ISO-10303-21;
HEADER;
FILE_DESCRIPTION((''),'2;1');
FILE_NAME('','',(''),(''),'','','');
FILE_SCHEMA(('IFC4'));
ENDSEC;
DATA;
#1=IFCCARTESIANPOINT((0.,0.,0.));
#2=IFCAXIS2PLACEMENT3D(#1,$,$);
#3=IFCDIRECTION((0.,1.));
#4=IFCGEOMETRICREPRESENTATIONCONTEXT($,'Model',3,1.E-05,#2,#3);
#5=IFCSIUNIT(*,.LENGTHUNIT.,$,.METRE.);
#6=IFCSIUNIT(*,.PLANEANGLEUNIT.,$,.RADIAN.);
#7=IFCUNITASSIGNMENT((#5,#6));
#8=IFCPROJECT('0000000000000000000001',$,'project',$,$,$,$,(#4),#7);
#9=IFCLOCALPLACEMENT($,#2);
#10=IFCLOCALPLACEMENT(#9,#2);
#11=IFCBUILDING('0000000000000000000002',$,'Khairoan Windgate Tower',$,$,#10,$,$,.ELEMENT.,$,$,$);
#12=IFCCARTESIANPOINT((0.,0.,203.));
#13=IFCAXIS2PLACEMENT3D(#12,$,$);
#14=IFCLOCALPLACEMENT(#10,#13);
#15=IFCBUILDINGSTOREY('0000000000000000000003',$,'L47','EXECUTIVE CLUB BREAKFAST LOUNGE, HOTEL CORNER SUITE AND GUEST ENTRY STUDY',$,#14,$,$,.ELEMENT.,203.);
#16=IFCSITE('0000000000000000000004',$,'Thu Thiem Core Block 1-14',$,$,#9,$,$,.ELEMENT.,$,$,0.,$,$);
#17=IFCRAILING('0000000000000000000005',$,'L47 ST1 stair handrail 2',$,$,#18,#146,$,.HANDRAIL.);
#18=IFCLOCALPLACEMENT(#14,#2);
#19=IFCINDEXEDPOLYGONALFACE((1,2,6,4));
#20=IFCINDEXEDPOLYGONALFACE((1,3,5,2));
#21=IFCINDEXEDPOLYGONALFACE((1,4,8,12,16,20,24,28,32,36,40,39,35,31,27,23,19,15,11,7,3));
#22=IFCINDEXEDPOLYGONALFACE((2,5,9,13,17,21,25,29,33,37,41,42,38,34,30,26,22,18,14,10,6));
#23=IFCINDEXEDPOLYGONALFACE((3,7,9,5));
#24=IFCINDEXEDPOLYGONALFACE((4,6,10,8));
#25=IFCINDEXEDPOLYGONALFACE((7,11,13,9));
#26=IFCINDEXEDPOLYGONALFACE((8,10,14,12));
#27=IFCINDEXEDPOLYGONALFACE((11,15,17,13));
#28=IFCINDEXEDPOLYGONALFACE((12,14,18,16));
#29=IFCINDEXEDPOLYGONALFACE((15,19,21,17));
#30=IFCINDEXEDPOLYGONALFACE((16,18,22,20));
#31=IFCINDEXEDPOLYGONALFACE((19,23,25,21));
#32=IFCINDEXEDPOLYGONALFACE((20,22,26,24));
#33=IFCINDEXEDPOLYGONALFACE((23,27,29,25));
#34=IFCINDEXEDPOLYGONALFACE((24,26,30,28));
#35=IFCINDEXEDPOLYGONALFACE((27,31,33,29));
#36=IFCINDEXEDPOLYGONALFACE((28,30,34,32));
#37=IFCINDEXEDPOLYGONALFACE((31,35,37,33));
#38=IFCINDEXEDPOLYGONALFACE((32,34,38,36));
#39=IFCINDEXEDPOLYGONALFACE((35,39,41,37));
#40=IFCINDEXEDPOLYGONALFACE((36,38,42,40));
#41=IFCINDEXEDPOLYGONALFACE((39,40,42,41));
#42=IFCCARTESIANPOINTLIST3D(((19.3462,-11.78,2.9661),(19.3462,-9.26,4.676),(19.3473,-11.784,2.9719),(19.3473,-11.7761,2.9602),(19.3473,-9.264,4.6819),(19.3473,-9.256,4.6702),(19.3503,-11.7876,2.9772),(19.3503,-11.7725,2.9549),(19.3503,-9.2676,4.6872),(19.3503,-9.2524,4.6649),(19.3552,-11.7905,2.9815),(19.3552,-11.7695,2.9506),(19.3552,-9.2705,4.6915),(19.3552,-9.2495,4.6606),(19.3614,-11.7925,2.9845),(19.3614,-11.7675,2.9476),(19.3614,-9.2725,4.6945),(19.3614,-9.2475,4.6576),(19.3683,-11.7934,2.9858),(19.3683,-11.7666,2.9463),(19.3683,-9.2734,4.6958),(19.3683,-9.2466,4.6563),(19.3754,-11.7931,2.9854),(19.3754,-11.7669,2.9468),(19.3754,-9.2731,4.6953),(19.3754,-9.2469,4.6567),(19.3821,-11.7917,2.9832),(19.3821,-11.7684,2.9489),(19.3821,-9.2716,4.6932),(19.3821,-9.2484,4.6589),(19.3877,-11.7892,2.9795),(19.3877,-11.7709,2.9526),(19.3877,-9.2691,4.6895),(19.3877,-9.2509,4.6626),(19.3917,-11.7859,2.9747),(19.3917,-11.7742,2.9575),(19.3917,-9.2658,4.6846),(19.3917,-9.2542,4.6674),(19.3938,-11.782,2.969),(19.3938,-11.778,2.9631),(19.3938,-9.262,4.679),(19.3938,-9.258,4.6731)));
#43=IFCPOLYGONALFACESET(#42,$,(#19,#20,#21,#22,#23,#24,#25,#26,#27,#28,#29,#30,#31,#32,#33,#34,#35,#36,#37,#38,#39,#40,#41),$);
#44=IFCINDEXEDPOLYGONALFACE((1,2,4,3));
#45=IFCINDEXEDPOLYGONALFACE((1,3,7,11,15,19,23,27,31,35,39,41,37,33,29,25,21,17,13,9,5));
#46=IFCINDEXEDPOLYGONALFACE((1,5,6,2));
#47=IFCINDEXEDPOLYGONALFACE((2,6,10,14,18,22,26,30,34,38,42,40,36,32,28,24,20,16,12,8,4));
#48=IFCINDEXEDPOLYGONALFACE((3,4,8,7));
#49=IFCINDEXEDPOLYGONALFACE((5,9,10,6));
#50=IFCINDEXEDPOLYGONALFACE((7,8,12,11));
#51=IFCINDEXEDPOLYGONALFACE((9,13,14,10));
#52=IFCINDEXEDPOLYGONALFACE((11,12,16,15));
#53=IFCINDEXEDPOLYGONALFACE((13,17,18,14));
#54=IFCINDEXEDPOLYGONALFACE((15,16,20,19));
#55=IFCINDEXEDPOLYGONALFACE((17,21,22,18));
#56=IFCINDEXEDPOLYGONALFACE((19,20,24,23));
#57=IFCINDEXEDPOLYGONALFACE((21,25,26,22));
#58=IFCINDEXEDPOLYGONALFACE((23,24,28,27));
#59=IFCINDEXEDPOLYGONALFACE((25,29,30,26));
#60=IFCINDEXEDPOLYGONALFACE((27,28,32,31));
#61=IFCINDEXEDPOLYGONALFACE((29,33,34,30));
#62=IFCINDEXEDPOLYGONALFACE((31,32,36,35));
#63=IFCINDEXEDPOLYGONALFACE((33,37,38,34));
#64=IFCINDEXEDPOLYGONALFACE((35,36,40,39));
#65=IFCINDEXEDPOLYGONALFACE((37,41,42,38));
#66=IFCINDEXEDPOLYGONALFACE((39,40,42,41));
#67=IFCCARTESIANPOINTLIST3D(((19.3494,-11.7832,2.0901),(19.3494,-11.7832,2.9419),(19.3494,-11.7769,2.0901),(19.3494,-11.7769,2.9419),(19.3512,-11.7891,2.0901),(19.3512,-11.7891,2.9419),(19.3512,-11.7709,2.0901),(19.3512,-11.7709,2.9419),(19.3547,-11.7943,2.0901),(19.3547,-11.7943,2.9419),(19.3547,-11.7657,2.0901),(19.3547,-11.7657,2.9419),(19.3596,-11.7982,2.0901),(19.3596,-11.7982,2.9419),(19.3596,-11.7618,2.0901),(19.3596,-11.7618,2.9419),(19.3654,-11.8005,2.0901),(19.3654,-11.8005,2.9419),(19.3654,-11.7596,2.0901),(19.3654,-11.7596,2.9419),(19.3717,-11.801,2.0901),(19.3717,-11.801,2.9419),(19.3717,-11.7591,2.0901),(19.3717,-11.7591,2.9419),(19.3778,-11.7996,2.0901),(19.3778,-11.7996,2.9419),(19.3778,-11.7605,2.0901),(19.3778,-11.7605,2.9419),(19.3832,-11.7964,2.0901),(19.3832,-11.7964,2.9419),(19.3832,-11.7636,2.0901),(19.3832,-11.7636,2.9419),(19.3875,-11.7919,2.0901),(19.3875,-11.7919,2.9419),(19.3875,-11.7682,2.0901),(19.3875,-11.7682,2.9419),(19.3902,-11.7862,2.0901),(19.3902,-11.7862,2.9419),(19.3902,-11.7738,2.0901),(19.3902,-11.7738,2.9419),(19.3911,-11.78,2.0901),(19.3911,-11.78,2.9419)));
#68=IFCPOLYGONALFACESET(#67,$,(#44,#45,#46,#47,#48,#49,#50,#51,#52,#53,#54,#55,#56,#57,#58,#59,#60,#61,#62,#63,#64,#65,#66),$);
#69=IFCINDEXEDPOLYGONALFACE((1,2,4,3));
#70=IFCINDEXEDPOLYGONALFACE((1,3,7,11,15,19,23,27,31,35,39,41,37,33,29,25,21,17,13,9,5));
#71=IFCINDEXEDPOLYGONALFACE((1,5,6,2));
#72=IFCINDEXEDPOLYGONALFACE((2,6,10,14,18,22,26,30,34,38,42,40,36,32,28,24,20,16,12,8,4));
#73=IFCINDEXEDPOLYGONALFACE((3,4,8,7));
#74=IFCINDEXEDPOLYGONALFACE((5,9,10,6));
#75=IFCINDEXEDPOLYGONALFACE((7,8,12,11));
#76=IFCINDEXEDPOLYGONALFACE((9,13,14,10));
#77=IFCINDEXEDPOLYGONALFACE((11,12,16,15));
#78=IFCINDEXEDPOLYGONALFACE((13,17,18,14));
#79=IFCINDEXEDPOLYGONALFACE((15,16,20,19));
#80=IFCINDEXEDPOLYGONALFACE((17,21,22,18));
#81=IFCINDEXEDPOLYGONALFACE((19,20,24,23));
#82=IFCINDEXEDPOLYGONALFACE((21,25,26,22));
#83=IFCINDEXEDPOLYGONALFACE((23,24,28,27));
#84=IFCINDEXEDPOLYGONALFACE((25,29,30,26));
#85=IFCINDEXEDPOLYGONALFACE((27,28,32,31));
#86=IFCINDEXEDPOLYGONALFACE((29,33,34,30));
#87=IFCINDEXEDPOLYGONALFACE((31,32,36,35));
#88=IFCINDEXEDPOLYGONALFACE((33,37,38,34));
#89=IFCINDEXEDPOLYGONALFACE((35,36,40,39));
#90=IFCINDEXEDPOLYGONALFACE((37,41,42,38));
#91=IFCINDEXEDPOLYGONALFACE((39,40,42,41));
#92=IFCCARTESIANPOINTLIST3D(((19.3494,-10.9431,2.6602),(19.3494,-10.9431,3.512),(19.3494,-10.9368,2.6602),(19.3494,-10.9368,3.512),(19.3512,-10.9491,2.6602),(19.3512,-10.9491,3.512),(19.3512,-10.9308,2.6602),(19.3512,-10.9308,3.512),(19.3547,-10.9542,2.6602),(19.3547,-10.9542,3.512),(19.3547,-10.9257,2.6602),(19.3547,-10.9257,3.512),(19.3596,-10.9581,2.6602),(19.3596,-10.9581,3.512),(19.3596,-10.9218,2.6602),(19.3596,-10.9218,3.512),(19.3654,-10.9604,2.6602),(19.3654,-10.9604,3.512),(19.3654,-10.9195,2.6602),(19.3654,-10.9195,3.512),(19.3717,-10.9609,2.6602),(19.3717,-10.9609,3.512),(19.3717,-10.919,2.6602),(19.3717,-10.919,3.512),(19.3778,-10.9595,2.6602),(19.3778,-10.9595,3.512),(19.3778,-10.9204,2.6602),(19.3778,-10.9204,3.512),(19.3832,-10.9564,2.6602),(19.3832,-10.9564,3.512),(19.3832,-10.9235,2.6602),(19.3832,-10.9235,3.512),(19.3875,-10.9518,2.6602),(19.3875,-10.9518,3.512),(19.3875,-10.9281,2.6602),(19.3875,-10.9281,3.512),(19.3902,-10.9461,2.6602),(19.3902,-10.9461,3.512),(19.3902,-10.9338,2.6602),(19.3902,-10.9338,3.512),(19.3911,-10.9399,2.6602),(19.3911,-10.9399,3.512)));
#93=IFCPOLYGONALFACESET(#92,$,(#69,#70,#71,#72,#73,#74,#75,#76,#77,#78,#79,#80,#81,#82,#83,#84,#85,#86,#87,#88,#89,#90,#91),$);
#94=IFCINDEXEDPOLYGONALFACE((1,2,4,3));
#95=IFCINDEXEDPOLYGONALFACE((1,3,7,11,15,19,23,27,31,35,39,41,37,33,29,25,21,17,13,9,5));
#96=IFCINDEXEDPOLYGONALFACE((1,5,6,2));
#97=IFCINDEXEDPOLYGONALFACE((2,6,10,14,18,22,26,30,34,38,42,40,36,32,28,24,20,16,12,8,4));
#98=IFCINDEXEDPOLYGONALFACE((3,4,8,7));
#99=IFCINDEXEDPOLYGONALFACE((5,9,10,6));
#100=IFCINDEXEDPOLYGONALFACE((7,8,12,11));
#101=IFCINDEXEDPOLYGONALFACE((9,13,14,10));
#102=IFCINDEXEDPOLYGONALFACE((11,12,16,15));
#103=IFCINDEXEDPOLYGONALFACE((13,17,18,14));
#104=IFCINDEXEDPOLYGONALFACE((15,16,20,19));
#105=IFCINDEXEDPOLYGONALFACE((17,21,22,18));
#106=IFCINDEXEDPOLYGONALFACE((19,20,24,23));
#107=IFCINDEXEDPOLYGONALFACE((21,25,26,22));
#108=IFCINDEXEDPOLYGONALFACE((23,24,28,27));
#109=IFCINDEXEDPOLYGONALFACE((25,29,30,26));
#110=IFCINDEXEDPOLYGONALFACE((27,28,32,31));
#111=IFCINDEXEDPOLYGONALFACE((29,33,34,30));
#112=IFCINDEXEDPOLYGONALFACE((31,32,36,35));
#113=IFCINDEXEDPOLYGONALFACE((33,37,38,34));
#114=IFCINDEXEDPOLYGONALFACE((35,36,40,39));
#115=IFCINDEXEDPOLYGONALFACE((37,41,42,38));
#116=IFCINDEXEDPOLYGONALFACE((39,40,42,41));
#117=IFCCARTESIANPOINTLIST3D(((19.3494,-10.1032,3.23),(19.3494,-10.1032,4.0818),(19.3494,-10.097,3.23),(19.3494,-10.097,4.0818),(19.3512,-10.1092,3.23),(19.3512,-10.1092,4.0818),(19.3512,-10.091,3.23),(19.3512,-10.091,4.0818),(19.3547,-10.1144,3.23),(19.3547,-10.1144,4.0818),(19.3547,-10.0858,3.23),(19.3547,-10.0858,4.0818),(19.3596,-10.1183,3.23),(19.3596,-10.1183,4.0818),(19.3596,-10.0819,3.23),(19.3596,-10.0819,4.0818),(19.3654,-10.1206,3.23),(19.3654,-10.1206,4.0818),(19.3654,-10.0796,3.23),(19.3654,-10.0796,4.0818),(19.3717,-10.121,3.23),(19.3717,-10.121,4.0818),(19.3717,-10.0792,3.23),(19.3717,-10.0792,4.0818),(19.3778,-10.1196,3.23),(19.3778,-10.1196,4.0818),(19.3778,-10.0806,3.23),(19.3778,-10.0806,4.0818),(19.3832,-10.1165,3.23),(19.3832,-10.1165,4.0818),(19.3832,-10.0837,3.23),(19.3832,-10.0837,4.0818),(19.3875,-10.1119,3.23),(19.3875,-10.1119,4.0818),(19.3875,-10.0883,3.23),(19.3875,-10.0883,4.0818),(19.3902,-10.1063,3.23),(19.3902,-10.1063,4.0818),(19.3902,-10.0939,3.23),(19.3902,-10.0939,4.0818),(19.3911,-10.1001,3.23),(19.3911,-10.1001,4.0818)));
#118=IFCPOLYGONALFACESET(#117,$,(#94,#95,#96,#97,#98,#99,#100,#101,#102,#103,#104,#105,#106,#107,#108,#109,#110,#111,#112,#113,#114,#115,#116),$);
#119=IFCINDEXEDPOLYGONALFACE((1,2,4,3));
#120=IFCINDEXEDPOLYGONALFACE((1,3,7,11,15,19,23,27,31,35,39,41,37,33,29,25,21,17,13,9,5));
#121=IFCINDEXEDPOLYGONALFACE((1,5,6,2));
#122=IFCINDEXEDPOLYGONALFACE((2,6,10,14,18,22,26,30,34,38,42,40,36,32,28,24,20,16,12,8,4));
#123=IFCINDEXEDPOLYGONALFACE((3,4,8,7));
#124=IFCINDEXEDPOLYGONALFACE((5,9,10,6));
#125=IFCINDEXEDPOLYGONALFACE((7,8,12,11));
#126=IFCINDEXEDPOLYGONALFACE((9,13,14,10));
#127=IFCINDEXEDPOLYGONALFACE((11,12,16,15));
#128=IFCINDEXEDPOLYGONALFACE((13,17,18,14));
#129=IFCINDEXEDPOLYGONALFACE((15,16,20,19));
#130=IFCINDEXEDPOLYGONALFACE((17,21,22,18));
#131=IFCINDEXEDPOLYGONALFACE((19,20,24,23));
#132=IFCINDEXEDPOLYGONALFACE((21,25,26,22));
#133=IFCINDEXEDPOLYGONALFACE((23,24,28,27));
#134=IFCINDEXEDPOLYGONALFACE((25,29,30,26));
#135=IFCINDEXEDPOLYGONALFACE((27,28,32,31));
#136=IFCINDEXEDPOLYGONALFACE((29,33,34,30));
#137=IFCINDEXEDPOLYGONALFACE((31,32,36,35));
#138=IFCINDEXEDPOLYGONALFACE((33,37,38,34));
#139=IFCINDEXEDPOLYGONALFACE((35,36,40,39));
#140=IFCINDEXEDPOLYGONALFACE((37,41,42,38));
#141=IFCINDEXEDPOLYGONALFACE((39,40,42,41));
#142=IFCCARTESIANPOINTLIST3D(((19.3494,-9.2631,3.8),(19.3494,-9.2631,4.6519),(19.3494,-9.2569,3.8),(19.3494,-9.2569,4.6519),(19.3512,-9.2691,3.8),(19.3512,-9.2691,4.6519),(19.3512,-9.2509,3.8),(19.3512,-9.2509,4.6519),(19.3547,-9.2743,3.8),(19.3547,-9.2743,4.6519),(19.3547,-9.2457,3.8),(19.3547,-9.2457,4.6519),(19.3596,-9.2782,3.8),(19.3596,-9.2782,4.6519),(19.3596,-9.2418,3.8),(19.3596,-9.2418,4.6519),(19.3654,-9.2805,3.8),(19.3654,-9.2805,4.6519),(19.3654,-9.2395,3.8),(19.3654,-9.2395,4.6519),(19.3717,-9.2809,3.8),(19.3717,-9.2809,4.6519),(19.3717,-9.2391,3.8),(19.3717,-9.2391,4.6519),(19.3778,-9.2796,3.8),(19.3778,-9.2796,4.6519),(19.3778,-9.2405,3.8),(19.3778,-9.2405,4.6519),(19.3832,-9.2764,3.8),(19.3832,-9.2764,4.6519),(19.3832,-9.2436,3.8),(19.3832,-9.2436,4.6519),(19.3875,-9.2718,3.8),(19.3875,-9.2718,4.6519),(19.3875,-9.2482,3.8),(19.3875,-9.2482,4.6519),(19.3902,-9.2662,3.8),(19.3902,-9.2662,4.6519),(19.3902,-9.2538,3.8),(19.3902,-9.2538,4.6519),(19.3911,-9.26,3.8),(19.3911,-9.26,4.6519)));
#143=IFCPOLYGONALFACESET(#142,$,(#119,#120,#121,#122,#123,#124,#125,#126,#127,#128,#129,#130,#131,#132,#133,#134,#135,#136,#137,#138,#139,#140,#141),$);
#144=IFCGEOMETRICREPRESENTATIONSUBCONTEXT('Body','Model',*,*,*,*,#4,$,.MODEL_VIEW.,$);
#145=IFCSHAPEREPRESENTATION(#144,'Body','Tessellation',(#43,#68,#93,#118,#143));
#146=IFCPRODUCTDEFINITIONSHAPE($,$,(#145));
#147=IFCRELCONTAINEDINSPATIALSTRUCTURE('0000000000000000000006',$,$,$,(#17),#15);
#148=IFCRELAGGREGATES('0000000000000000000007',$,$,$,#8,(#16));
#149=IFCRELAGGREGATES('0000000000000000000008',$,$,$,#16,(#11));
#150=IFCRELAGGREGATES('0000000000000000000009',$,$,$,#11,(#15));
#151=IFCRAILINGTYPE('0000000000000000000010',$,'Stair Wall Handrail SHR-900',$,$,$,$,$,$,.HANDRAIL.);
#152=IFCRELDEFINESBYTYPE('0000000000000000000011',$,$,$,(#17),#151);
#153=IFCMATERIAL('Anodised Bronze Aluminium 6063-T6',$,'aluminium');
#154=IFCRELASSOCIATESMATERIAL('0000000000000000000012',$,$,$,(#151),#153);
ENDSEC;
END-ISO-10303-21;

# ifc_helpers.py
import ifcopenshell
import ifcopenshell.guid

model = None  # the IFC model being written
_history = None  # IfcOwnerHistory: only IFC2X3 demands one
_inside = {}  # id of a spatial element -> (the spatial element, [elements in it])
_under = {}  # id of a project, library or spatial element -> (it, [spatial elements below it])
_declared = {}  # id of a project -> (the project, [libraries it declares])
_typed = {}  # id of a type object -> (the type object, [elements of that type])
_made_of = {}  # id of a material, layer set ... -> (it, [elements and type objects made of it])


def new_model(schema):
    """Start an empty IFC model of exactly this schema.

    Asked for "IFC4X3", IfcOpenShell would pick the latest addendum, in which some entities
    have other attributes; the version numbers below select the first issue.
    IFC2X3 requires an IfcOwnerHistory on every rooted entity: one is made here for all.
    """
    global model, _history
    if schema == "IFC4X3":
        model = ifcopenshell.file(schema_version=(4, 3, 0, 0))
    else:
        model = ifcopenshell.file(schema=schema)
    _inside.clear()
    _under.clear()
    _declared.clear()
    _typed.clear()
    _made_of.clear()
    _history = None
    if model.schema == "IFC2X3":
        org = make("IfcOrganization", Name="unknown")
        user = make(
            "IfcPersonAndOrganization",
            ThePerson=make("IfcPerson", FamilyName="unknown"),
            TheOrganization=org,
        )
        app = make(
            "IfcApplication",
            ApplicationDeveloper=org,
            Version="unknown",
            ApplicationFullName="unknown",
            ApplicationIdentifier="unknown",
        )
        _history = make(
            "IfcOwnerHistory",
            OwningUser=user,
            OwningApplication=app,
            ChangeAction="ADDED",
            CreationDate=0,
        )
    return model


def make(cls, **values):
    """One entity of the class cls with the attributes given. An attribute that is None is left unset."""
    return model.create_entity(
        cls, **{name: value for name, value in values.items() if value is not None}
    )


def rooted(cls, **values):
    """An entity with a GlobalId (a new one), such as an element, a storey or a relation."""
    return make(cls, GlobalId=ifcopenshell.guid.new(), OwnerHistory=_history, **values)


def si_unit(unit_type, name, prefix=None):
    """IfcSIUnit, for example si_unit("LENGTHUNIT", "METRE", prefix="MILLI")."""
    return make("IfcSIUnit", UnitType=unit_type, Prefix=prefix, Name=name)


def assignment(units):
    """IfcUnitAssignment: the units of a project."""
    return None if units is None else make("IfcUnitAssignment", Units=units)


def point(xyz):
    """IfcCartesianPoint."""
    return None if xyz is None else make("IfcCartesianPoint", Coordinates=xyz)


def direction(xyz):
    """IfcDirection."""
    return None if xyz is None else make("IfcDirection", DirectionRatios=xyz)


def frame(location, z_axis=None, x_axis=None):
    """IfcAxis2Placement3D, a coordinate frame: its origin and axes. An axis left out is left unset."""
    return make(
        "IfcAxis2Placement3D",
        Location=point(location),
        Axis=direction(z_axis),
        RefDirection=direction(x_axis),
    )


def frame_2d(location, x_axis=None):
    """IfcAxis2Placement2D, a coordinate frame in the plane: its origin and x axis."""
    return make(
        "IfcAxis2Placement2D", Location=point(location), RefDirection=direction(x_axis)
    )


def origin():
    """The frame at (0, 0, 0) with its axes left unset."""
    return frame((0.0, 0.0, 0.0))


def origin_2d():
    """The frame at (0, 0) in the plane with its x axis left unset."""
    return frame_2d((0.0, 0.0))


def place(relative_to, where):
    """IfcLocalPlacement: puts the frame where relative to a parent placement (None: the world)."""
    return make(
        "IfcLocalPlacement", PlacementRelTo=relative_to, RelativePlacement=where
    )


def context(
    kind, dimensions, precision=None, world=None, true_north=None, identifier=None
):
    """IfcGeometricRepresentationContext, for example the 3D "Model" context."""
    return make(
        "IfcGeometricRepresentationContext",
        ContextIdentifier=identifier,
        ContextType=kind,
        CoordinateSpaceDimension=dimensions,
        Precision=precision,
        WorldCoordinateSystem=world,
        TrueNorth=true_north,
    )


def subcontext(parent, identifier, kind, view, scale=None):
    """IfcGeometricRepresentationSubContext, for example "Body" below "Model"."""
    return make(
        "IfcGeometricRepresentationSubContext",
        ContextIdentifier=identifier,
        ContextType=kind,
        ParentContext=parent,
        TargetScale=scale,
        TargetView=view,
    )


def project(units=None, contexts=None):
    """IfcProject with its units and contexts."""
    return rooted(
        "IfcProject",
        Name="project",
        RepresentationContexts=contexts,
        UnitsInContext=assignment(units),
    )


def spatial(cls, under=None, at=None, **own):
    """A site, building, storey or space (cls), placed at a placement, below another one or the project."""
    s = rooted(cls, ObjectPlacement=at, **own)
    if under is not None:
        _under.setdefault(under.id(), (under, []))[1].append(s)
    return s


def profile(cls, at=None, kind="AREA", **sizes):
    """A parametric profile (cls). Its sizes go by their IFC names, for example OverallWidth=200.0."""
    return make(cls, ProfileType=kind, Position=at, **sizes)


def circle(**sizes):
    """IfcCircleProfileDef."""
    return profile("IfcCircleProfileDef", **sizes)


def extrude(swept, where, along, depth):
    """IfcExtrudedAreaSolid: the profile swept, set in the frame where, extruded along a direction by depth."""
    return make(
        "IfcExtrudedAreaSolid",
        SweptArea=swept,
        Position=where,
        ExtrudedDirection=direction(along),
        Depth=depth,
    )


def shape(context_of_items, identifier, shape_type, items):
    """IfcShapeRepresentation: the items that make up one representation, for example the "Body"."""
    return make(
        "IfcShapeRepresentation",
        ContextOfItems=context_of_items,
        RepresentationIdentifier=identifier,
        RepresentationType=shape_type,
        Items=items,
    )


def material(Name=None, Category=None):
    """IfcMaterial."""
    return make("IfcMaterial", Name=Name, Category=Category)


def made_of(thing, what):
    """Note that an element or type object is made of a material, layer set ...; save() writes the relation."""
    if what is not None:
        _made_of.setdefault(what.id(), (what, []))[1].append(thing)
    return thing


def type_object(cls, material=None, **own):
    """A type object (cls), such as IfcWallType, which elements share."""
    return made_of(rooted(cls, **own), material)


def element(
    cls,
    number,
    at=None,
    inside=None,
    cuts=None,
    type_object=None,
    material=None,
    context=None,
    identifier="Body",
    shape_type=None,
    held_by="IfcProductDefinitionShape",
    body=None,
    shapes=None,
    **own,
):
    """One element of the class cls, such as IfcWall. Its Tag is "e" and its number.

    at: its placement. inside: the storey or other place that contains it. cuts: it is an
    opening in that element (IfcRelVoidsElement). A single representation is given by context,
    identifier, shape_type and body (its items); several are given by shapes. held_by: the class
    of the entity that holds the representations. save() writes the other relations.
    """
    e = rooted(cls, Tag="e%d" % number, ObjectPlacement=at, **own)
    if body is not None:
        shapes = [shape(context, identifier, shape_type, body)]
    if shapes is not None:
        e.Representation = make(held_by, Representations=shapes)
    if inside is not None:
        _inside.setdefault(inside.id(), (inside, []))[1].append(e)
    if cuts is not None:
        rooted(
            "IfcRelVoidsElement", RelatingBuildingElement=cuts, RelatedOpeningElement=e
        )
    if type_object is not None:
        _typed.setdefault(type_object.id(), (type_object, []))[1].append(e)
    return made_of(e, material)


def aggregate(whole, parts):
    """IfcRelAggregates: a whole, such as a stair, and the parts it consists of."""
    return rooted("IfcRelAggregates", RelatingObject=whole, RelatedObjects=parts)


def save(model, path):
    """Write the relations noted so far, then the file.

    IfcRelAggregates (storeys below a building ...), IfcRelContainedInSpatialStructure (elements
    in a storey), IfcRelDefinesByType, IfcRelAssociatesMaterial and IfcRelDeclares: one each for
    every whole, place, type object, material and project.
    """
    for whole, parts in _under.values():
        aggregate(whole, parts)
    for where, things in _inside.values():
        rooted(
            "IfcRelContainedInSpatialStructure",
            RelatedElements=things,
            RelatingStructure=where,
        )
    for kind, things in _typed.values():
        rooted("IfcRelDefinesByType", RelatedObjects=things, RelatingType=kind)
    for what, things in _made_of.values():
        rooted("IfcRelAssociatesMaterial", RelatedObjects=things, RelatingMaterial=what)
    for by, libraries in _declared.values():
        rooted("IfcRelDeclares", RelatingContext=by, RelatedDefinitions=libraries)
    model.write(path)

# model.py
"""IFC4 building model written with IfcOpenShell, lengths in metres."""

from ifc_helpers import new_model, si_unit, direction, frame, origin, origin_2d, place, context, subcontext, project, spatial, circle, extrude, material, type_object, element, save


model = new_model("IFC4")

# Units and contexts
model_context = context("Model", 3, precision=1e-05, world=origin(), true_north=direction((0.0, 1.0)))
body_context = subcontext(model_context, "Body", "Model", "MODEL_VIEW")
ifc_project = project(units=[si_unit("LENGTHUNIT", "METRE"), si_unit("PLANEANGLEUNIT", "RADIAN")], contexts=[model_context])

# Site, building, storey
site_placement = place(None, origin())
site = spatial("IfcSite", under=ifc_project, at=site_placement, Name="Thu Thiem Core Block 1-14", CompositionType="ELEMENT", RefElevation=0.0)
building_placement = place(site_placement, origin())
building = spatial("IfcBuilding", under=site, at=building_placement, Name="Khairoan Windgate Tower", CompositionType="ELEMENT")
storey_placement = place(building_placement, frame((0.0, 0.0, 203.0)))
storey = spatial("IfcBuildingStorey", under=building, at=storey_placement, Name="L47", Description="EXECUTIVE CLUB BREAKFAST LOUNGE, HOTEL CORNER SUITE AND GUEST ENTRY STUDY", CompositionType="ELEMENT", Elevation=203.0)

# Railing
ifc_material_1 = material(Name="Anodised Bronze Aluminium 6063-T6", Category="aluminium")
railing_type_1 = type_object("IfcRailingType", Name="Stair Wall Handrail SHR-900", PredefinedType="HANDRAIL", material=ifc_material_1)
railing_1_placement = place(storey_placement, frame((19.3701, -11.78, 2.0901)))
element("IfcRailing", 1, at=railing_1_placement, inside=storey, type_object=railing_type_1, Name="L47 ST1 stair handrail 2", PredefinedType="HANDRAIL", context=body_context, shape_type="SweptSolid", body=[
    extrude(circle(Radius=0.0239, at=origin_2d()), frame((0.0, 0.0, 0.876), z_axis=(0.0, 0.827484, 0.56149), x_axis=(-1.0, 0.0, 0.0)), (0.0, 0.0, 1.0), 3.0454),
    extrude(circle(Radius=0.021, at=origin_2d()), origin(), (0.0, 0.0, 1.0), 0.8518),
    extrude(circle(Radius=0.021, at=origin_2d()), frame((0.0, 0.8401, 0.5701)), (0.0, 0.0, 1.0), 0.8518),
    extrude(circle(Radius=0.021, at=origin_2d()), frame((0.0, 1.6799, 1.1399)), (0.0, 0.0, 1.0), 0.8518),
    extrude(circle(Radius=0.021, at=origin_2d()), frame((0.0, 2.52, 1.71)), (0.0, 0.0, 1.0), 0.8518),
])

save(model, "model.ifc")
